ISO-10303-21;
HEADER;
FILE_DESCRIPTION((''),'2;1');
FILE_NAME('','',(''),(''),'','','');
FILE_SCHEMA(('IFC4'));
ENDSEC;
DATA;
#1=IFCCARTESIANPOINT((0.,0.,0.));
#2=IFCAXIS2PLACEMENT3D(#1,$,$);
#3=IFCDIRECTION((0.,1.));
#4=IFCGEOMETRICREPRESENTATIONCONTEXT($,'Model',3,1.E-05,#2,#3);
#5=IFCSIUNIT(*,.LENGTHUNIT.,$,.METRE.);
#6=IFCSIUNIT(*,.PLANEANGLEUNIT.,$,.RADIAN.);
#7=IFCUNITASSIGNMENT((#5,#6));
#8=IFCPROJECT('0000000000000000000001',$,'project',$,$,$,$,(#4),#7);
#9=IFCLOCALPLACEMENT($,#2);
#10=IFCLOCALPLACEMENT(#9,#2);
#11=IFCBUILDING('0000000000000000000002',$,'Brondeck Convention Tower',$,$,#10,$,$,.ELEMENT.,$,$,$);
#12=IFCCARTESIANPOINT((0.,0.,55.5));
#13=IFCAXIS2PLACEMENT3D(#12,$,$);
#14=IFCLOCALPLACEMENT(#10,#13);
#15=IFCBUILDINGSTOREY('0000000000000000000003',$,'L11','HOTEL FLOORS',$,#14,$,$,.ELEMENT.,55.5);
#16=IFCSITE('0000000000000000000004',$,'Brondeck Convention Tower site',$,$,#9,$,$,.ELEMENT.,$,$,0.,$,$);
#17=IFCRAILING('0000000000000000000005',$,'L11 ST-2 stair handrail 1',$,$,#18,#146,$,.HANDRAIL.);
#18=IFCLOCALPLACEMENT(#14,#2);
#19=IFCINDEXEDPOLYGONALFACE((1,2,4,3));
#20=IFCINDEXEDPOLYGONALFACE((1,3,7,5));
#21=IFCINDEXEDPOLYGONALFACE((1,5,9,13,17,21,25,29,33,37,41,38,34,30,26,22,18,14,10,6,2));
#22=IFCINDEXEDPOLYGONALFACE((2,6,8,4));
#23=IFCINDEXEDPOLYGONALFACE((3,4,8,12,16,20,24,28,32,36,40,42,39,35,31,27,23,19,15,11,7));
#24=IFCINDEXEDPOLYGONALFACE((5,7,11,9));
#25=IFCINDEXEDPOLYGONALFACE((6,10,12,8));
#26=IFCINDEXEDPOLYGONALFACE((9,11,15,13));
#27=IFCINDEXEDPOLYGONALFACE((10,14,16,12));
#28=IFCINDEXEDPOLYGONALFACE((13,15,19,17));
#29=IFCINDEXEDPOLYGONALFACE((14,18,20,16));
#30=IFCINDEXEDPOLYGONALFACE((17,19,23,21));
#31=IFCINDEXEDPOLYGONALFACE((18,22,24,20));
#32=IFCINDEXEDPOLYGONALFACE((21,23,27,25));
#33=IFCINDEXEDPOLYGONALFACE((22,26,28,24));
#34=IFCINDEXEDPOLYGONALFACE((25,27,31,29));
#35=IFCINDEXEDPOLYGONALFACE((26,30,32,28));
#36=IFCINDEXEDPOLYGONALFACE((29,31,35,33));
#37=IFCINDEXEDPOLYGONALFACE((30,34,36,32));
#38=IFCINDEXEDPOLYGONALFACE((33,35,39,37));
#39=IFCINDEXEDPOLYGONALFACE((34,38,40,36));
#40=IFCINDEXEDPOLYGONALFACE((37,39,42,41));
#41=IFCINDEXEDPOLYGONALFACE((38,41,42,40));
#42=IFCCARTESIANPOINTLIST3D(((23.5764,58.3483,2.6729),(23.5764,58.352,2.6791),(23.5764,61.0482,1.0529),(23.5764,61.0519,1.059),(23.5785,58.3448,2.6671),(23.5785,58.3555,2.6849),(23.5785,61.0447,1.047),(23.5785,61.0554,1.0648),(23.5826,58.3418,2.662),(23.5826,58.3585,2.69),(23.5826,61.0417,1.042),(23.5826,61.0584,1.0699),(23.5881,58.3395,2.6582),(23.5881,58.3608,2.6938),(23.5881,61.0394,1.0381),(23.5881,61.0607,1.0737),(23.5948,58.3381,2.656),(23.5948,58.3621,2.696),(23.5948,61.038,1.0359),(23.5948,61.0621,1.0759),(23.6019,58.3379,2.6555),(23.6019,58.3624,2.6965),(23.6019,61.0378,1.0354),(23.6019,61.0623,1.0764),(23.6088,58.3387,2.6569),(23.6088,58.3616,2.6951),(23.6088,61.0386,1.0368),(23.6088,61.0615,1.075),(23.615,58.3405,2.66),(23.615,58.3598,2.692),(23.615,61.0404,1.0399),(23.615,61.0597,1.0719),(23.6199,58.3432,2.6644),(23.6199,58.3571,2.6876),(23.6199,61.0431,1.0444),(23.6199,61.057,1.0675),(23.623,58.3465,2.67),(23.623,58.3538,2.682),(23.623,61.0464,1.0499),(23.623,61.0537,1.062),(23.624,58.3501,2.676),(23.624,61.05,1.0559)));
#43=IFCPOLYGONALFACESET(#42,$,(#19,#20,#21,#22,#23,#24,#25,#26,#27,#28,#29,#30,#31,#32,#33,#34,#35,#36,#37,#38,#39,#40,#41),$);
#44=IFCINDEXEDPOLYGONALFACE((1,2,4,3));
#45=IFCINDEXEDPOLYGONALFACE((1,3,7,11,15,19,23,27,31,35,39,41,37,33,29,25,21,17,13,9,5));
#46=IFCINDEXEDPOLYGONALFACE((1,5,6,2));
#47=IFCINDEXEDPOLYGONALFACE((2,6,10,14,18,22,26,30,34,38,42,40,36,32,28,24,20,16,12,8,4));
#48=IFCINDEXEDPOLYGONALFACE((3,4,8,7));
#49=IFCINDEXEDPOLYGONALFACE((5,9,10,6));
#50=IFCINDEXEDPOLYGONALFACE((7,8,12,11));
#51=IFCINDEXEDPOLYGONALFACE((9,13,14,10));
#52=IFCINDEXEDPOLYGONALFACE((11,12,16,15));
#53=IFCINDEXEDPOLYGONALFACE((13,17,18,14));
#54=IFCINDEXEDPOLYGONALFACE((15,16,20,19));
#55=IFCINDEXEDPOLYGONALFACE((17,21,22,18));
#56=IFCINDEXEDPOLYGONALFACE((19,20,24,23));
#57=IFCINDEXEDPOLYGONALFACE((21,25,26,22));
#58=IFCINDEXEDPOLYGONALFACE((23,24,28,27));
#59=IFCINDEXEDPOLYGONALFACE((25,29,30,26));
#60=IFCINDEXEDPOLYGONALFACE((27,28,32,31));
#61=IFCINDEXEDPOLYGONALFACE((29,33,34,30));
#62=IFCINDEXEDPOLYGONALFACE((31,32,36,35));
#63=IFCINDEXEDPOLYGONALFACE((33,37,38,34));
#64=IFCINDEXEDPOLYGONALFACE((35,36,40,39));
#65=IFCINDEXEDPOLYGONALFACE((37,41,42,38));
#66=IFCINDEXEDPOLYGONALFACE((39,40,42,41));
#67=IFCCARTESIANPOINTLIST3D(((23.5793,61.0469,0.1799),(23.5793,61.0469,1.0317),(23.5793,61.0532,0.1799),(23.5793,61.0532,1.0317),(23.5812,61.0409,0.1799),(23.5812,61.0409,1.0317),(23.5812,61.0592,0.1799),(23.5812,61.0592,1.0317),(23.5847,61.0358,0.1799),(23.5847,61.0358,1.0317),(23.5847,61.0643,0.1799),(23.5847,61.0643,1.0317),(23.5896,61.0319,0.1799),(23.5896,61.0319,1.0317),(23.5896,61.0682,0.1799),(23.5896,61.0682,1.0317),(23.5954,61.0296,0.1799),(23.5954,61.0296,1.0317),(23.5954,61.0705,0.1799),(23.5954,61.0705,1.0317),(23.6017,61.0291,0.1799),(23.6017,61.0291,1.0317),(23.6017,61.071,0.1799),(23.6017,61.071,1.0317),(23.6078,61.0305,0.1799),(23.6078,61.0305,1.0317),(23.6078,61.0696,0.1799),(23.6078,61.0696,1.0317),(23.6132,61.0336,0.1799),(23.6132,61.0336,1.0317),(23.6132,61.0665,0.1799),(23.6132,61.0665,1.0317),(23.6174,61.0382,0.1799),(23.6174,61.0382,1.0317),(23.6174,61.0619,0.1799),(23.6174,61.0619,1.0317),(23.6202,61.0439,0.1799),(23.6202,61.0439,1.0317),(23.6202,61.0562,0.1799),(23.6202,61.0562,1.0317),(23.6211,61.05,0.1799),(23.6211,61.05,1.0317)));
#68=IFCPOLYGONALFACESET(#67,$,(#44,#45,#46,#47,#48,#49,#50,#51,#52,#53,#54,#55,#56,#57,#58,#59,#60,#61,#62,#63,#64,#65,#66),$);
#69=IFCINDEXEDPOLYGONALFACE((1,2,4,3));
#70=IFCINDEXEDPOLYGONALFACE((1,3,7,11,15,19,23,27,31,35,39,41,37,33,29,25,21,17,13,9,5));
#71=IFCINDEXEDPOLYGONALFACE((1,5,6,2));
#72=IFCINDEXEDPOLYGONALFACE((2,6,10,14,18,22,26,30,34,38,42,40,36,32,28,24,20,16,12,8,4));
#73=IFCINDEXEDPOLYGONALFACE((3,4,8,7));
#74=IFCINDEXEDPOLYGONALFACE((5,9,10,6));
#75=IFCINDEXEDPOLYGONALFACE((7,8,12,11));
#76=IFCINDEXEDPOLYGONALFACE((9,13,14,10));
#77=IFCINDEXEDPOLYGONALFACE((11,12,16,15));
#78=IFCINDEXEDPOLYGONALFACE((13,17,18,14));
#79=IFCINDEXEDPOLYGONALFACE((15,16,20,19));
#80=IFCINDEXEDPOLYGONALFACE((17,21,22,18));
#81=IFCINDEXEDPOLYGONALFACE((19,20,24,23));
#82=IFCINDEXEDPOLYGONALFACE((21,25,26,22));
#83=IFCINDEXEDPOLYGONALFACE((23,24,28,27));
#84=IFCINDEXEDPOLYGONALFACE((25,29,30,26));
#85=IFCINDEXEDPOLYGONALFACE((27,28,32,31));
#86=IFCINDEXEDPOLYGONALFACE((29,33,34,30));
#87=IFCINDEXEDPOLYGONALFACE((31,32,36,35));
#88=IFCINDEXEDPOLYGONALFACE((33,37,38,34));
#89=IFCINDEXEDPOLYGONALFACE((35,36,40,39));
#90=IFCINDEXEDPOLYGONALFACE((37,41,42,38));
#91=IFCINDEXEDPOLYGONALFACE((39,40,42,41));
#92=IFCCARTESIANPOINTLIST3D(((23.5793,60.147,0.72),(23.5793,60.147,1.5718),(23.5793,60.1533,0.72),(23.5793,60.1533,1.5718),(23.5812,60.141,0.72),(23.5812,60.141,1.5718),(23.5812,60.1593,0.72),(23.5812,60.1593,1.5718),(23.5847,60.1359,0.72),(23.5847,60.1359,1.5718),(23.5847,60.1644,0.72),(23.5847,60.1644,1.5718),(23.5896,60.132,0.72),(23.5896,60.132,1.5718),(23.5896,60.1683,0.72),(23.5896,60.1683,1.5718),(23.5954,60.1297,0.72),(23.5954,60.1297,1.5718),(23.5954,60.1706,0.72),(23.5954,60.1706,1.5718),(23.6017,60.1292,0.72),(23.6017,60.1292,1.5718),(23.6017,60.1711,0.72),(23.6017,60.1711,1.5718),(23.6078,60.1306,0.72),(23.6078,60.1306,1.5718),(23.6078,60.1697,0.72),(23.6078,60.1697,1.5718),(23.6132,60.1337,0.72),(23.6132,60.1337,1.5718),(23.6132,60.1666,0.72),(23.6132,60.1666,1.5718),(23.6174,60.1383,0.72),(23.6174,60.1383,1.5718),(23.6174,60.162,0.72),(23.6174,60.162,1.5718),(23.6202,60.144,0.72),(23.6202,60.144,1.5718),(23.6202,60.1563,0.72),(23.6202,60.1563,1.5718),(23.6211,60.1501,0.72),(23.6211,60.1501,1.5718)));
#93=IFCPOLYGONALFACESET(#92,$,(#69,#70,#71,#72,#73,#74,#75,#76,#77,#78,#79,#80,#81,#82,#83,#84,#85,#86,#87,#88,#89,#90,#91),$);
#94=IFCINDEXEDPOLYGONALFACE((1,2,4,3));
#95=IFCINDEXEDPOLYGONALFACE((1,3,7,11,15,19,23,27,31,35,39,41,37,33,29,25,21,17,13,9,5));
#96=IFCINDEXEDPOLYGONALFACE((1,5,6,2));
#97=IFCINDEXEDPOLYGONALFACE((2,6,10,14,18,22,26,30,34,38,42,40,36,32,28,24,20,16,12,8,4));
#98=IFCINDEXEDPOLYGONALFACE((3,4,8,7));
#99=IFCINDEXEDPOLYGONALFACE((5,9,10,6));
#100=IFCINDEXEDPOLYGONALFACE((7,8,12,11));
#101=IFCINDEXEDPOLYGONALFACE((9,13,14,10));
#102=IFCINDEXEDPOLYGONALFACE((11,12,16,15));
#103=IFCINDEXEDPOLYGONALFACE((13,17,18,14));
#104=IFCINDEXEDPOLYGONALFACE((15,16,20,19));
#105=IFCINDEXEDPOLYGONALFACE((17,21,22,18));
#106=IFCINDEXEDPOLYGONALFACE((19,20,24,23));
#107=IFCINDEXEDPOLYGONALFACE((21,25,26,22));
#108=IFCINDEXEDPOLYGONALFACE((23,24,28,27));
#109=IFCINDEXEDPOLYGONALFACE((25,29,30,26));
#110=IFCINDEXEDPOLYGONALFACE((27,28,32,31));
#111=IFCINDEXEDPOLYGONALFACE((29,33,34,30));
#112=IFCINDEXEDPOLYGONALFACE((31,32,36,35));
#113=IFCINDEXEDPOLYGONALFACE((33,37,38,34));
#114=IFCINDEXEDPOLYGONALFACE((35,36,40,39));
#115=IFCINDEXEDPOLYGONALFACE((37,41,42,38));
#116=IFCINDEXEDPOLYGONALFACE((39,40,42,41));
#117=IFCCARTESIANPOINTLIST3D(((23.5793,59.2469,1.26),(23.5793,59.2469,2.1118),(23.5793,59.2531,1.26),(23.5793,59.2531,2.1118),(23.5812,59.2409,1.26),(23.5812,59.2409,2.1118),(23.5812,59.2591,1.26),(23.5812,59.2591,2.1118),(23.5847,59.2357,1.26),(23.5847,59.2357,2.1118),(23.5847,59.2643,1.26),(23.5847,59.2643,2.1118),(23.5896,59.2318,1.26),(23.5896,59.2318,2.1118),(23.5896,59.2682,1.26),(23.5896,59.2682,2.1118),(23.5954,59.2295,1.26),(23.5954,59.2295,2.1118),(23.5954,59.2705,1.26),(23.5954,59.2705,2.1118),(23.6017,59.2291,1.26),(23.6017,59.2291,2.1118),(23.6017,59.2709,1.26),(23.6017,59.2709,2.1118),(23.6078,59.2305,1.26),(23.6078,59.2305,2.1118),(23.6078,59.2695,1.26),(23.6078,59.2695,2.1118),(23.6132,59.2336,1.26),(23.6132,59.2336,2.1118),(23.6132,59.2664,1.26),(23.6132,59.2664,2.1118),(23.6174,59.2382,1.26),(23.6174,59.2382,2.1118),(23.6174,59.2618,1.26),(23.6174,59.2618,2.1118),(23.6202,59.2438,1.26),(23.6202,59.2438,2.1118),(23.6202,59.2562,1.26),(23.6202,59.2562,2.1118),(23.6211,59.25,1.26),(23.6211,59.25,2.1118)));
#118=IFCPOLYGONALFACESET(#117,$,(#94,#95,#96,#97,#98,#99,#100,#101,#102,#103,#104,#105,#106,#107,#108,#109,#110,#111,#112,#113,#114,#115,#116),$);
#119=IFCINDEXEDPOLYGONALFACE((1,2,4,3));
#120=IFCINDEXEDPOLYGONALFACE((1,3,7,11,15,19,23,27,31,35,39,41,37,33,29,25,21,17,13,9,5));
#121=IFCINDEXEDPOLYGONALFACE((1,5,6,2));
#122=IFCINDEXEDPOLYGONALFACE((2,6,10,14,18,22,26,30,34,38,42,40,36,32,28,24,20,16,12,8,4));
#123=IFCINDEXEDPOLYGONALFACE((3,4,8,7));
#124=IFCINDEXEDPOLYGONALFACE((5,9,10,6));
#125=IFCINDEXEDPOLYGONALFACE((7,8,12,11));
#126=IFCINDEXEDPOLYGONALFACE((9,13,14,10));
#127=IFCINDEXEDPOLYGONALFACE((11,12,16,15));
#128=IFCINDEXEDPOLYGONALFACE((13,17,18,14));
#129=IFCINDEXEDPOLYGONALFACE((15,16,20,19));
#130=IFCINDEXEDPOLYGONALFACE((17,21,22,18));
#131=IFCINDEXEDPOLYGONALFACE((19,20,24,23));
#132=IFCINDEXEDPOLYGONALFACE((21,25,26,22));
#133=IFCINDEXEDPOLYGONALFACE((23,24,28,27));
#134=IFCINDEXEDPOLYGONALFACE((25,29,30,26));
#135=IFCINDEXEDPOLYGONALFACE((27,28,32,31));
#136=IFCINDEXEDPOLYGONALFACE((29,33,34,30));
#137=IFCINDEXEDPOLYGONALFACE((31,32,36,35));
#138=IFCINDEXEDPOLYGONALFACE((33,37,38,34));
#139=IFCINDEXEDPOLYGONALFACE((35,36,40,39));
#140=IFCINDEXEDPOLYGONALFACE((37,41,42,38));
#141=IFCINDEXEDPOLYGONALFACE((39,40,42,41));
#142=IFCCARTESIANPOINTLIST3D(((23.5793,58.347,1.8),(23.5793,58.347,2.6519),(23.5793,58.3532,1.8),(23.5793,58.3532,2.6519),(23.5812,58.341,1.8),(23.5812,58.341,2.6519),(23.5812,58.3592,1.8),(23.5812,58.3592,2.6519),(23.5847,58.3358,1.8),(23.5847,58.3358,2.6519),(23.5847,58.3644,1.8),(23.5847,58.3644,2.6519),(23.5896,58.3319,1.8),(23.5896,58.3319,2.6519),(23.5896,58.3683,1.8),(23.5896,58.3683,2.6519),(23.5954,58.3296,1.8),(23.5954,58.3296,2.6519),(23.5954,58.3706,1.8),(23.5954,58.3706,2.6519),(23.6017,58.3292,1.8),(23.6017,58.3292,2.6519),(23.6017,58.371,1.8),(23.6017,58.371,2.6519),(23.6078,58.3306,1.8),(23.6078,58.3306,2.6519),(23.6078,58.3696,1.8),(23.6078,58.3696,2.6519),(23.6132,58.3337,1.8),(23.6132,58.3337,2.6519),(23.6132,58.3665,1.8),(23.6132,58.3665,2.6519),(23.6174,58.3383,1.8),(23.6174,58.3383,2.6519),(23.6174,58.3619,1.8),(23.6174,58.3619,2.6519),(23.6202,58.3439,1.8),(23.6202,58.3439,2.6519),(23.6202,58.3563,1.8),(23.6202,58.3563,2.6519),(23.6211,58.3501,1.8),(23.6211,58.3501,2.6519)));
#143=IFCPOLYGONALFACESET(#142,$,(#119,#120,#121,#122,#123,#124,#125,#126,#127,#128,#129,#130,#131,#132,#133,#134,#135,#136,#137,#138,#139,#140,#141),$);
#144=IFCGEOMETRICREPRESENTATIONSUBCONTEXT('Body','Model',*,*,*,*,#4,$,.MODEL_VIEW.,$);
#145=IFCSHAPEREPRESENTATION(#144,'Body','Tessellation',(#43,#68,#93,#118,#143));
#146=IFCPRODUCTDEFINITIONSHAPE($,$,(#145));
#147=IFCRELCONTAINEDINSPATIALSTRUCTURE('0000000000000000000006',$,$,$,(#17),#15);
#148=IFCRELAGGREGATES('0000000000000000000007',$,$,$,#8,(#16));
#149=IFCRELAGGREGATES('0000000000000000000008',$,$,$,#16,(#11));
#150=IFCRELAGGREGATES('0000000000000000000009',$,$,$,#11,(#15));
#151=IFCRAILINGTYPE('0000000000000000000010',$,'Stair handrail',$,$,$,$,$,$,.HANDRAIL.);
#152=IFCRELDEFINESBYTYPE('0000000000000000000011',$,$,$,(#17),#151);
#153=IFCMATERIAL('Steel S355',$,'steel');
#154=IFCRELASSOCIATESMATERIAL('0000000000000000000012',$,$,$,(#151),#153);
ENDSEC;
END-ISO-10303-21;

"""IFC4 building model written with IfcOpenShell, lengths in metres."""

from ifc_helpers import new_model, si_unit, direction, frame, origin, origin_2d, place, context, subcontext, project, spatial, circle, extrude, material, type_object, element, save


model = new_model("IFC4")

# Units and contexts
model_context = context("Model", 3, precision=1e-05, world=origin(), true_north=direction((0.0, 1.0)))
body_context = subcontext(model_context, "Body", "Model", "MODEL_VIEW")
ifc_project = project(units=[si_unit("LENGTHUNIT", "METRE"), si_unit("PLANEANGLEUNIT", "RADIAN")], contexts=[model_context])

# Site, building, storey
site_placement = place(None, origin())
site = spatial("IfcSite", under=ifc_project, at=site_placement, Name="Brondeck Convention Tower site", CompositionType="ELEMENT", RefElevation=0.0)
building_placement = place(site_placement, origin())
building = spatial("IfcBuilding", under=site, at=building_placement, Name="Brondeck Convention Tower", CompositionType="ELEMENT")
storey_placement = place(building_placement, frame((0.0, 0.0, 55.5)))
storey = spatial("IfcBuildingStorey", under=building, at=storey_placement, Name="L11", Description="HOTEL FLOORS", CompositionType="ELEMENT", Elevation=55.5)

# Railing
ifc_material_1 = material(Name="Steel S355", Category="steel")
railing_type_1 = type_object("IfcRailingType", Name="Stair handrail", PredefinedType="HANDRAIL", material=ifc_material_1)
railing_1_placement = place(storey_placement, frame((23.6001, 61.05, 0.1799)))
element("IfcRailing", 1, at=railing_1_placement, inside=storey, type_object=railing_type_1, Name="L11 ST-2 stair handrail 1", PredefinedType="HANDRAIL", context=body_context, shape_type="SweptSolid", body=[
    extrude(circle(Radius=0.0239, at=origin_2d()), frame((0.0, 0.0, 0.876), z_axis=(0.0, -0.857472, 0.51453), x_axis=(1.0, 0.0, 0.0)), (0.0, 0.0, 1.0), 3.1487),
    extrude(circle(Radius=0.021, at=origin_2d()), origin(), (0.0, 0.0, 1.0), 0.8518),
    extrude(circle(Radius=0.021, at=origin_2d()), frame((0.0, -0.8999, 0.54)), (0.0, 0.0, 1.0), 0.8518),
    extrude(circle(Radius=0.021, at=origin_2d()), frame((0.0, -1.8, 1.0801)), (0.0, 0.0, 1.0), 0.8518),
    extrude(circle(Radius=0.021, at=origin_2d()), frame((0.0, -2.7, 1.6201)), (0.0, 0.0, 1.0), 0.8518),
])

save(model, "model.ifc")
